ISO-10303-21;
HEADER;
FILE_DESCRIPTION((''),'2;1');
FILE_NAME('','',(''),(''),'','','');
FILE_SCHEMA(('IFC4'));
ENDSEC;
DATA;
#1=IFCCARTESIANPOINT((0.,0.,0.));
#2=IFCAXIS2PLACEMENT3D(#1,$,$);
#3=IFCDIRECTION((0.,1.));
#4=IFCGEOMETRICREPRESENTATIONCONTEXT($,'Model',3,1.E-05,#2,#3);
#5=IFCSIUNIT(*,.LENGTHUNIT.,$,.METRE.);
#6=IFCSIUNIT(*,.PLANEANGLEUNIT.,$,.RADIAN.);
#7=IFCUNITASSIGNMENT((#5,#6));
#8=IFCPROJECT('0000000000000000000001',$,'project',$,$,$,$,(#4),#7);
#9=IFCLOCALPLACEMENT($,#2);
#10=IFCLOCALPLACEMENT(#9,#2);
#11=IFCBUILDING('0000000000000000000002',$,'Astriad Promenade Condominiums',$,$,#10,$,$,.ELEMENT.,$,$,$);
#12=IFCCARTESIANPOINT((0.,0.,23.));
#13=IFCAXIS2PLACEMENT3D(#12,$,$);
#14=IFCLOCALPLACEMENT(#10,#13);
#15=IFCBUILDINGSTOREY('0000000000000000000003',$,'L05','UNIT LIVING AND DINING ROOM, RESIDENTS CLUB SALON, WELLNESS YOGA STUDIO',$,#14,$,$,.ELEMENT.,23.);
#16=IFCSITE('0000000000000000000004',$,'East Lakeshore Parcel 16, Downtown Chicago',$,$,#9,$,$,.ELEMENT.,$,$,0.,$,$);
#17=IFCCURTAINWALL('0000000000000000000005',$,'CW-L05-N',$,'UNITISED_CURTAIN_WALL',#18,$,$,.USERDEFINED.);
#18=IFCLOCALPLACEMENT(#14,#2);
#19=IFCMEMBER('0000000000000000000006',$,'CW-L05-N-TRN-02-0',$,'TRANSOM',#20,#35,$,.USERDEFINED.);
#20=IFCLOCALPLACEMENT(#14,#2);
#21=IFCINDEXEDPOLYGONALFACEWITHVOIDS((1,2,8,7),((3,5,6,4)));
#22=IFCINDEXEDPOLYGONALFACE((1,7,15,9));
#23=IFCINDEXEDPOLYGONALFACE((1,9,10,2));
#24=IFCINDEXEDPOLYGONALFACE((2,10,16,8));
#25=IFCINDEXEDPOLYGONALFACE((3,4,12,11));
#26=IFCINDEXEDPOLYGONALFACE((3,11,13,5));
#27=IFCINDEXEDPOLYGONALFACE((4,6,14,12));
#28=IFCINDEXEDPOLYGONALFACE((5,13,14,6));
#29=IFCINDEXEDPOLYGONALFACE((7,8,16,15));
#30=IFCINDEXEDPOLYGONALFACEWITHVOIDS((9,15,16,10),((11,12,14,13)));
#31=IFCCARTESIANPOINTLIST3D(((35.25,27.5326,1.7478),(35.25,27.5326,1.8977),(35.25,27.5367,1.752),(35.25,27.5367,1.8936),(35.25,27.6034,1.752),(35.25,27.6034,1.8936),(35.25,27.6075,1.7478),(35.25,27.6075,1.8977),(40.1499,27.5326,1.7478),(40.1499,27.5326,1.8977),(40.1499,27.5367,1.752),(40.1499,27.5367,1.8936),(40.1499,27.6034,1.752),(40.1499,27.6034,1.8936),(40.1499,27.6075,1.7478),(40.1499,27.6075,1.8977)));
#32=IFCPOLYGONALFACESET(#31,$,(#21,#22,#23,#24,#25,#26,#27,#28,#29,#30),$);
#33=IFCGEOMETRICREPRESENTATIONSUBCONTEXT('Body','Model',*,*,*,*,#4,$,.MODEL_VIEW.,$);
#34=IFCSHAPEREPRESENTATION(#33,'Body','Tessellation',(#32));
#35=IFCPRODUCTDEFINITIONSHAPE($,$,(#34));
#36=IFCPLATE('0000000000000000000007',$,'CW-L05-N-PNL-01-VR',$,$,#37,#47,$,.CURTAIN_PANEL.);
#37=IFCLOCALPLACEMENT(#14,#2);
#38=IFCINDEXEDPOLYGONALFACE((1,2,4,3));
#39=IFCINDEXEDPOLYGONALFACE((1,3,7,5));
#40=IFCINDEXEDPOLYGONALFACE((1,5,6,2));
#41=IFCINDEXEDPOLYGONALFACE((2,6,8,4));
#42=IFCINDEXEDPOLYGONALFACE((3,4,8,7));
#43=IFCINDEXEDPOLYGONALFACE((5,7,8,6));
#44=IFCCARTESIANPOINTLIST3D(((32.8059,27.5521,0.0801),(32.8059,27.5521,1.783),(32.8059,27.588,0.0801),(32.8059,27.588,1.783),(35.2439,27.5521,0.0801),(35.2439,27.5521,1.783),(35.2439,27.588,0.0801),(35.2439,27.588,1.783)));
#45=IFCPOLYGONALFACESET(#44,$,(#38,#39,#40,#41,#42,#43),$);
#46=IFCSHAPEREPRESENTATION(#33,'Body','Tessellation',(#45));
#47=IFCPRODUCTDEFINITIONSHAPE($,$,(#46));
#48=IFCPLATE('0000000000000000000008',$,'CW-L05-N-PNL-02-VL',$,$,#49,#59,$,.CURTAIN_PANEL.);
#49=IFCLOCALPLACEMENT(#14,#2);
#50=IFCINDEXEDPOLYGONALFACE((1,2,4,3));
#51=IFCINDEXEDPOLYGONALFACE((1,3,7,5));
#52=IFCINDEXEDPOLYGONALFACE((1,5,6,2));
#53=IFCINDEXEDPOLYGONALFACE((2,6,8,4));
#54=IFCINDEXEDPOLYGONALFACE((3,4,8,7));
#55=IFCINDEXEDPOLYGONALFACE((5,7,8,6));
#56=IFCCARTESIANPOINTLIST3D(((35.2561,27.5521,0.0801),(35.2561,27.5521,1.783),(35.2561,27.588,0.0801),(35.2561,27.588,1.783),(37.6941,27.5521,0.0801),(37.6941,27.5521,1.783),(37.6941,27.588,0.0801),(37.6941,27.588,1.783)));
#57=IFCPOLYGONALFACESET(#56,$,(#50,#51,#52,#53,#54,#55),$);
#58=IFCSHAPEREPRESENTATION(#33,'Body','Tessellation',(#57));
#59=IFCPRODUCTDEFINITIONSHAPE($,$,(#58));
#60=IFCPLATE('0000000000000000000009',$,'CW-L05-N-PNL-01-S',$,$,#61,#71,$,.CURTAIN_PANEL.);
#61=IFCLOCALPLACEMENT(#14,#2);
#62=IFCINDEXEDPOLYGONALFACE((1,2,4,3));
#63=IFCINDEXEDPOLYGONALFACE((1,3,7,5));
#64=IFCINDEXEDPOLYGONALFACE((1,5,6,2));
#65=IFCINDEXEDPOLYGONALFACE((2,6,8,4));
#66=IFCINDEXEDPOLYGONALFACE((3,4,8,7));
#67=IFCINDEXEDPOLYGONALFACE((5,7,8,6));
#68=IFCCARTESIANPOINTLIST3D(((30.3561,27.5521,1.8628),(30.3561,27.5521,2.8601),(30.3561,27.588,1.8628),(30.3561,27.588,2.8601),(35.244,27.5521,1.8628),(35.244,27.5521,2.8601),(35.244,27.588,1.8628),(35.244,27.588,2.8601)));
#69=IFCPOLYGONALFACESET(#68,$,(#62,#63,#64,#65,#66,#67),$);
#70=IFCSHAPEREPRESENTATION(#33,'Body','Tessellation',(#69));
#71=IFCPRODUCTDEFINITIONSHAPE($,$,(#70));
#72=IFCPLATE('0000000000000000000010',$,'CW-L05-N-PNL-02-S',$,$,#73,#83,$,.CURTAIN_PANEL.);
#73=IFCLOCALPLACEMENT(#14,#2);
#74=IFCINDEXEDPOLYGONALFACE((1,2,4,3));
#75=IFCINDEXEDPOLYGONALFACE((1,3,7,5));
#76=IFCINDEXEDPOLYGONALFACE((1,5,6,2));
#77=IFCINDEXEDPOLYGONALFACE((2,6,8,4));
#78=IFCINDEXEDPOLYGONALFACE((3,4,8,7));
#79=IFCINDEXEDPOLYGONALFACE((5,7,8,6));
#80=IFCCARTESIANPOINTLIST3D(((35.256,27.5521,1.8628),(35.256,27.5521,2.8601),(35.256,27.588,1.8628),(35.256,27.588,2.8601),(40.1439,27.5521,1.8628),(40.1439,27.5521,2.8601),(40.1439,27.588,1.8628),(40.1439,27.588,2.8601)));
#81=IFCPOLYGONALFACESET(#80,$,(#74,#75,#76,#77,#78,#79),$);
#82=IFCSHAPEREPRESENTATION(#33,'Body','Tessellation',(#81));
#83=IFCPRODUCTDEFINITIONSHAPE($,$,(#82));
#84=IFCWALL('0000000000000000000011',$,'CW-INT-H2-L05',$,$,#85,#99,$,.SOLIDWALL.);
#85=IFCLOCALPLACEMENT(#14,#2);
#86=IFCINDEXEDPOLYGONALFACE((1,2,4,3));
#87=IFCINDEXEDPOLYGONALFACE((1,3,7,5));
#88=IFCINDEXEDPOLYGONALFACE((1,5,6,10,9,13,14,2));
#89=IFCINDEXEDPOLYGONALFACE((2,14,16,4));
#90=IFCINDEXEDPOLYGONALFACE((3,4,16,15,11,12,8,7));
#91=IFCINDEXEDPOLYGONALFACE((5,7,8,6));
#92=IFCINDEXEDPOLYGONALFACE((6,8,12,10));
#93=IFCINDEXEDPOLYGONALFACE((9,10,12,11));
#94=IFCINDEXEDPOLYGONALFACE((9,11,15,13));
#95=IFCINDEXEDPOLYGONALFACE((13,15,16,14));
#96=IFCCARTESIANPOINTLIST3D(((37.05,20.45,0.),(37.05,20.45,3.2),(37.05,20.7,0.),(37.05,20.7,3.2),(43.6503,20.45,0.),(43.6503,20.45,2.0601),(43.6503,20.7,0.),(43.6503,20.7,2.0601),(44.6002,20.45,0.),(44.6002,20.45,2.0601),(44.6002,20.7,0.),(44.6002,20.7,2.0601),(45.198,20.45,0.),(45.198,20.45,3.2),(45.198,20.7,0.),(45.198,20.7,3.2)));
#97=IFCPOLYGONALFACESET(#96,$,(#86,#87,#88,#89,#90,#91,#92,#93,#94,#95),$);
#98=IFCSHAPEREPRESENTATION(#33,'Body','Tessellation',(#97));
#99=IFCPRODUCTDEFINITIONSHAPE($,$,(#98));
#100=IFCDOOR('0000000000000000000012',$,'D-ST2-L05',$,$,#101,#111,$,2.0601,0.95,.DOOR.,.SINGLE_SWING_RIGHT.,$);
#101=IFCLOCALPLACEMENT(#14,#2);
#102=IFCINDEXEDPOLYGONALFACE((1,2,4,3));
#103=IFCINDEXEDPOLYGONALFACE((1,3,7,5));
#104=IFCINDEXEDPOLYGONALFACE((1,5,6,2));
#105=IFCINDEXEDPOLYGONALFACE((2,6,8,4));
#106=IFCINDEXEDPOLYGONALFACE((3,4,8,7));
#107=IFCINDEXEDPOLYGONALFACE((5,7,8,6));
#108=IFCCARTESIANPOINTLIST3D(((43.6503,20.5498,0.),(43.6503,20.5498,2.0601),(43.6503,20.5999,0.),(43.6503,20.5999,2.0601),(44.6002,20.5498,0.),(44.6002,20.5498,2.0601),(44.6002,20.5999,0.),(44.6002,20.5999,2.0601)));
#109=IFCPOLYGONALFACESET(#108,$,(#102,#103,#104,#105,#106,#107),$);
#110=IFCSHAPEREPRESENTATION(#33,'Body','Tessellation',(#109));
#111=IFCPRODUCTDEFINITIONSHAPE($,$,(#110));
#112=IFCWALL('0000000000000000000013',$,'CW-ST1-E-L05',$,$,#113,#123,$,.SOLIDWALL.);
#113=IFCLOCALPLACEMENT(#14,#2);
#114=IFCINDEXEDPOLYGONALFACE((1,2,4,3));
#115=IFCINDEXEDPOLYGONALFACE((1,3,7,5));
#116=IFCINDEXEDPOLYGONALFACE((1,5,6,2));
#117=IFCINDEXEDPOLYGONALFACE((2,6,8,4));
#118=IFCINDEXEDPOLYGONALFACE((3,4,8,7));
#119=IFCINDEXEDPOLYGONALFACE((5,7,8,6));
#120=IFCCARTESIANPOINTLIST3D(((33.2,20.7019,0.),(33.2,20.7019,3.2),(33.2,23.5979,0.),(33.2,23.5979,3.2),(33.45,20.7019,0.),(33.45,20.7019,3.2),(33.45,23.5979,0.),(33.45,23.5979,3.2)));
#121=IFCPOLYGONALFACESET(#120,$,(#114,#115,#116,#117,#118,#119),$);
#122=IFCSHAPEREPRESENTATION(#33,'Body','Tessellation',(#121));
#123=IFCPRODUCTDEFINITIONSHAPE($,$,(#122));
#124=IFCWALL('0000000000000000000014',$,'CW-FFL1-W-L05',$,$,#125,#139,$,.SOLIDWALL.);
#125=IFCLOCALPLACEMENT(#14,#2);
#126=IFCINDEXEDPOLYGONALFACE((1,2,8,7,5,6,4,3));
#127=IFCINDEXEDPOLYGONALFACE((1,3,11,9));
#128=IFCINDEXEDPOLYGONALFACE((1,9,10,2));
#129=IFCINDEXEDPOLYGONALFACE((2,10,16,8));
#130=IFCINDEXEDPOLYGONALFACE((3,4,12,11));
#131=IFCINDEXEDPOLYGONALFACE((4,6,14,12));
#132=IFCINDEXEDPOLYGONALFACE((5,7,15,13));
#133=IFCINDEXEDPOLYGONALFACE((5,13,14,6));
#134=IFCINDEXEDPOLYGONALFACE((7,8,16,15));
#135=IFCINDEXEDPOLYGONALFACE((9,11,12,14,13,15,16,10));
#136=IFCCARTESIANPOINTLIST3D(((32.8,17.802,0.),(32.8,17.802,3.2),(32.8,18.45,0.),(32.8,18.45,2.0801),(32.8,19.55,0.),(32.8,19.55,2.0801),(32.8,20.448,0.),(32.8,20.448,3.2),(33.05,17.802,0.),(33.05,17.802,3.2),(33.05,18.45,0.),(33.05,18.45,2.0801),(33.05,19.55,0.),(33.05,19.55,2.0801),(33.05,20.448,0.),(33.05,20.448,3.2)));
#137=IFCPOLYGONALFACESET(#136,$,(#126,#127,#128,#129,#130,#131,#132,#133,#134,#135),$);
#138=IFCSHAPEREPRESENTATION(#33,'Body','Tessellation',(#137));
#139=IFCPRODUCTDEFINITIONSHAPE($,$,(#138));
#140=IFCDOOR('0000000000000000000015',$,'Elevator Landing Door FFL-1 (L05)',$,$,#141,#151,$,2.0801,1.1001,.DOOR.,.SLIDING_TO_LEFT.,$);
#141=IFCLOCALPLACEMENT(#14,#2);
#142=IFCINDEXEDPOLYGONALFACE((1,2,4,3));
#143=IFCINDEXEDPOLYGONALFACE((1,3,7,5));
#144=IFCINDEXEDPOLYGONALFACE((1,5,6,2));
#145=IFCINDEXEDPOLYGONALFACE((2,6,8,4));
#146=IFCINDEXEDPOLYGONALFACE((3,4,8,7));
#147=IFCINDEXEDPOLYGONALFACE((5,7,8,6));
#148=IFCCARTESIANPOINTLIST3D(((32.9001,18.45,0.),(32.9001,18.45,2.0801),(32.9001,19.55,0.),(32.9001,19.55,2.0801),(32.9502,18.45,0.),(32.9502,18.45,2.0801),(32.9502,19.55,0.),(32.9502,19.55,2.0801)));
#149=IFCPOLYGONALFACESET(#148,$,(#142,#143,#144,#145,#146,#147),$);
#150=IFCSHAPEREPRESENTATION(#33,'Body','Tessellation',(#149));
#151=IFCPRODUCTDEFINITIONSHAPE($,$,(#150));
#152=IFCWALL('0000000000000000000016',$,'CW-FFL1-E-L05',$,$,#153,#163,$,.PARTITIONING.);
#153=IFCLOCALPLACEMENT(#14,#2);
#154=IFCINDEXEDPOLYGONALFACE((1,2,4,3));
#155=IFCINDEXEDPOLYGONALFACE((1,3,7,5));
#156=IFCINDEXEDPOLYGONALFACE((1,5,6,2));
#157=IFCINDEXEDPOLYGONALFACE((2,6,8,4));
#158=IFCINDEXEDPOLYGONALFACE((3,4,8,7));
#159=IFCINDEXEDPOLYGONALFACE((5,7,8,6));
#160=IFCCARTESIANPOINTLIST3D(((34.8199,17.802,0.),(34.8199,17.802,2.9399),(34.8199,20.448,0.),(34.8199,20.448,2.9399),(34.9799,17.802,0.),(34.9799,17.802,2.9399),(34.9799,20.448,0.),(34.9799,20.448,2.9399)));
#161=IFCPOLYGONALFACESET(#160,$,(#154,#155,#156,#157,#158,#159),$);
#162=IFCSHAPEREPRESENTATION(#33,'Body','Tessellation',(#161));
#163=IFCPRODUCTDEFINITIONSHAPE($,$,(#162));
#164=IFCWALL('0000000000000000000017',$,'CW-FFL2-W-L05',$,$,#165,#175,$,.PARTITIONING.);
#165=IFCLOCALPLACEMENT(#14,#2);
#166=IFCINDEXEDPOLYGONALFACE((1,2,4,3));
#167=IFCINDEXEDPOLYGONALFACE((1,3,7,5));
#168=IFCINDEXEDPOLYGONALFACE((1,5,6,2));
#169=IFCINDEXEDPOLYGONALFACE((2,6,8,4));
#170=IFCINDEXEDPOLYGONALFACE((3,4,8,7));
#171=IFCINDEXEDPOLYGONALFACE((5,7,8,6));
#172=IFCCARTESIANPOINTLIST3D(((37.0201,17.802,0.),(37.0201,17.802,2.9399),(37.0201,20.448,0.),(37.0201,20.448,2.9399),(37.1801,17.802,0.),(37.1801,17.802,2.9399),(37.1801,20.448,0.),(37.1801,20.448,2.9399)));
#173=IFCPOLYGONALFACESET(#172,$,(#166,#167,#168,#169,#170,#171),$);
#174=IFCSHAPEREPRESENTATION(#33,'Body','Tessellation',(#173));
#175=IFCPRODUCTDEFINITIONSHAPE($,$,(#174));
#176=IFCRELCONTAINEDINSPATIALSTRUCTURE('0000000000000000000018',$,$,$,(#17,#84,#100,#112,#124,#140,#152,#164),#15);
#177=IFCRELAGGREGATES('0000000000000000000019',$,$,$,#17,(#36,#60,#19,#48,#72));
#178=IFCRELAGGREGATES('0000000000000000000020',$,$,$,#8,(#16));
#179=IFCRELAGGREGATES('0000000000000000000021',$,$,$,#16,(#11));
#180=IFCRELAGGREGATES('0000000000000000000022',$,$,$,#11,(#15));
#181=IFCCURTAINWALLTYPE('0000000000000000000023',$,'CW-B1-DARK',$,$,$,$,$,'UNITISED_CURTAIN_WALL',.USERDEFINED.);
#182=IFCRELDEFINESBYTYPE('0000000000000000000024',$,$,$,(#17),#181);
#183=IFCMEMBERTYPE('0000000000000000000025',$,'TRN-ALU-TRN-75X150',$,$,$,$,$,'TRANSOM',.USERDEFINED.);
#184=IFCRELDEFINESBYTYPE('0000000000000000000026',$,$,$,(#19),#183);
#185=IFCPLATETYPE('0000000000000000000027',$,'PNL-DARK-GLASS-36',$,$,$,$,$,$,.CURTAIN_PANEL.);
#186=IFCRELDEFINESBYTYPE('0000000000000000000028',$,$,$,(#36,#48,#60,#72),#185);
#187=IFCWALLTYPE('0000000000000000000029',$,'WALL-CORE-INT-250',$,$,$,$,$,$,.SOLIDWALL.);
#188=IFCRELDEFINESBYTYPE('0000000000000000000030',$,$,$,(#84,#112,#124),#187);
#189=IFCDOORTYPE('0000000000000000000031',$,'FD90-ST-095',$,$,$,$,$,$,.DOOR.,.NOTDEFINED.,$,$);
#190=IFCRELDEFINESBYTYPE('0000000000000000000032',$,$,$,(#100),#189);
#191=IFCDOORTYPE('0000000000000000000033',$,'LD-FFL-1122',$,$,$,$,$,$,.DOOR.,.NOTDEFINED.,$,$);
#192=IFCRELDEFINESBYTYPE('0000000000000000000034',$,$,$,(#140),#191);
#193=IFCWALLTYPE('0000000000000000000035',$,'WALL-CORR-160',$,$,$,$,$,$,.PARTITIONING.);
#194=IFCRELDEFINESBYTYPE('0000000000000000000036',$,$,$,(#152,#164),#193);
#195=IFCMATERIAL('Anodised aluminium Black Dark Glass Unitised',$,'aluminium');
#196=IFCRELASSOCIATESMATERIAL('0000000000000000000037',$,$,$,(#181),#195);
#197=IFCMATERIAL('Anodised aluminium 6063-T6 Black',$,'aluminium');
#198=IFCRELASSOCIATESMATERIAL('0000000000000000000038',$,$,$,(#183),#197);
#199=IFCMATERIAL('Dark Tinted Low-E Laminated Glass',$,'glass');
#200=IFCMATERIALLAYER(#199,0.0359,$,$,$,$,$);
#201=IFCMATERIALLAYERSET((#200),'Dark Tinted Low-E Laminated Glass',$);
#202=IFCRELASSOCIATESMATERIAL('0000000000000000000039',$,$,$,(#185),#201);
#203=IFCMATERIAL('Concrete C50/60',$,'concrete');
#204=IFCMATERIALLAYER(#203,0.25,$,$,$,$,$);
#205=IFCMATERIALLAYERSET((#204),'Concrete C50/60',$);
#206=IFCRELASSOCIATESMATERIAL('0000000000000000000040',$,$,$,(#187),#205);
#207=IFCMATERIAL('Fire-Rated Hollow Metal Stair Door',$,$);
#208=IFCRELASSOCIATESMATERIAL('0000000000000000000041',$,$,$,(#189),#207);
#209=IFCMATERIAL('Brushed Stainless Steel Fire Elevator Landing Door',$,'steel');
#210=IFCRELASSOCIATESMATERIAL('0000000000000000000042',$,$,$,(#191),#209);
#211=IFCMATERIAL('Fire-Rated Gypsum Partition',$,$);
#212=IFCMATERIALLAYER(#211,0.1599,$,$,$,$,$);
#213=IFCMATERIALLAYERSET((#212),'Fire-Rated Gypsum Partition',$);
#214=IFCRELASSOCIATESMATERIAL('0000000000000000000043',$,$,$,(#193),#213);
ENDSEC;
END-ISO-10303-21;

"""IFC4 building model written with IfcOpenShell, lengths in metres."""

from ifc_helpers import new_model, si_unit, direction, frame, frame_2d, origin, origin_2d, place, context, subcontext, project, spatial, rectangle, hollow_rectangle, extrude, source, transform, mapped, material, layer, layer_set, material_profile, profile_set, type_object, type_shapes, element, fill, aggregate, save


model = new_model("IFC4")

# Units and contexts
model_context = context("Model", 3, precision=1e-05, world=origin(), true_north=direction((0.0, 1.0)))
body_context = subcontext(model_context, "Body", "Model", "MODEL_VIEW")
ifc_project = project(units=[si_unit("LENGTHUNIT", "METRE"), si_unit("PLANEANGLEUNIT", "RADIAN")], contexts=[model_context])

# Site, building, storey
site_placement = place(None, origin())
site = spatial("IfcSite", under=ifc_project, at=site_placement, Name="East Lakeshore Parcel 16, Downtown Chicago", CompositionType="ELEMENT", RefElevation=0.0)
building_placement = place(site_placement, origin())
building = spatial("IfcBuilding", under=site, at=building_placement, Name="Astriad Promenade Condominiums", CompositionType="ELEMENT")
storey_placement = place(building_placement, frame((0.0, 0.0, 23.0)))
storey = spatial("IfcBuildingStorey", under=building, at=storey_placement, Name="L05", Description="UNIT LIVING AND DINING ROOM, RESIDENTS CLUB SALON, WELLNESS YOGA STUDIO", CompositionType="ELEMENT", Elevation=23.0)

# Curtain wall, member, plates
ifc_material_1 = material(Name="Anodised aluminium Black Dark Glass Unitised", Category="aluminium")
curtain_wall_type = type_object("IfcCurtainWallType", Name="CW-B1-DARK", ElementType="UNITISED_CURTAIN_WALL", PredefinedType="USERDEFINED", material=ifc_material_1)
curtain_wall_placement = place(storey_placement, origin())
curtain_wall = element("IfcCurtainWall", 1, at=curtain_wall_placement, inside=storey, type_object=curtain_wall_type, Name="CW-L05-N", ObjectType="UNITISED_CURTAIN_WALL", PredefinedType="USERDEFINED")
ifc_material_2 = material(Name="Anodised aluminium 6063-T6 Black", Category="aluminium")
ifc_material_profile_1 = material_profile(ifc_material_2, hollow_rectangle(XDim=0.075, YDim=0.1499, WallThickness=0.0042, at=origin_2d()), Name="ALU-TRN-75X150")
ifc_profile_set_1 = profile_set([ifc_material_profile_1], Name="Anodised aluminium 6063-T6 Black")
member_type_1 = type_object("IfcMemberType", Name="TRN-ALU-TRN-75X150", ElementType="TRANSOM", PredefinedType="USERDEFINED", material=ifc_profile_set_1)
shared_shape_1 = source(origin(), body_context, "Body", "SweptSolid", [
    extrude(hollow_rectangle(XDim=0.075, YDim=0.1499, WallThickness=0.0042, at=origin_2d()), origin(), (0.0, 0.0, 1.0), 4.8999),
])
type_shapes(member_type_1, [shared_shape_1])
member_1_placement = place(storey_placement, frame((35.25, 27.5701, 1.8228), z_axis=(1.0, 0.0, 0.0), x_axis=(0.0, 1.0, 0.0)))
member_1 = element("IfcMember", 2, at=member_1_placement, type_object=member_type_1, Name="CW-L05-N-TRN-02-0", ObjectType="TRANSOM", PredefinedType="USERDEFINED", context=body_context, shape_type="MappedRepresentation", body=[
    mapped(shared_shape_1, transform((0.0, 0.0, 0.0), scale=1.0)),
])
ifc_material_3 = material(Name="Dark Tinted Low-E Laminated Glass", Category="glass")
ifc_layer_1 = layer(ifc_material_3, 0.0359)
ifc_layer_set_1 = layer_set([ifc_layer_1], Name="Dark Tinted Low-E Laminated Glass")
plate_type = type_object("IfcPlateType", Name="PNL-DARK-GLASS-36", PredefinedType="CURTAIN_PANEL", material=ifc_layer_set_1)
shared_shape_2 = source(origin(), body_context, "Body", "SweptSolid", [
    extrude(rectangle(XDim=2.438, YDim=0.0359, at=origin_2d()), origin(), (0.0, 0.0, 1.0), 1.7029),
])
plate_1_placement = place(storey_placement, frame((34.0249, 27.5701, 0.0801), z_axis=(0.0, 0.0, 1.0), x_axis=(1.0, 0.0, 0.0)))
plate_1 = element("IfcPlate", 3, at=plate_1_placement, type_object=plate_type, Name="CW-L05-N-PNL-01-VR", PredefinedType="CURTAIN_PANEL", context=body_context, shape_type="MappedRepresentation", body=[
    mapped(shared_shape_2, transform((0.0, 0.0, 0.0), scale=1.0)),
])
plate_2_placement = place(storey_placement, frame((36.4751, 27.5701, 0.0801), z_axis=(0.0, 0.0, 1.0), x_axis=(1.0, 0.0, 0.0)))
plate_2 = element("IfcPlate", 4, at=plate_2_placement, type_object=plate_type, Name="CW-L05-N-PNL-02-VL", PredefinedType="CURTAIN_PANEL", context=body_context, shape_type="MappedRepresentation", body=[
    mapped(shared_shape_2, transform((0.0, 0.0, 0.0), scale=1.0)),
])
shared_shape_3 = source(origin(), body_context, "Body", "SweptSolid", [
    extrude(rectangle(XDim=4.8879, YDim=0.0359, at=origin_2d()), origin(), (0.0, 0.0, 1.0), 0.9973),
])
type_shapes(plate_type, [shared_shape_2, shared_shape_3])
plate_3_placement = place(storey_placement, frame((32.8, 27.5701, 1.8628), z_axis=(0.0, 0.0, 1.0), x_axis=(1.0, 0.0, 0.0)))
plate_3 = element("IfcPlate", 5, at=plate_3_placement, type_object=plate_type, Name="CW-L05-N-PNL-01-S", PredefinedType="CURTAIN_PANEL", context=body_context, shape_type="MappedRepresentation", body=[
    mapped(shared_shape_3, transform((0.0, 0.0, 0.0), scale=1.0)),
])
plate_4_placement = place(storey_placement, frame((37.7, 27.5701, 1.8628), z_axis=(0.0, 0.0, 1.0), x_axis=(1.0, 0.0, 0.0)))
plate_4 = element("IfcPlate", 6, at=plate_4_placement, type_object=plate_type, Name="CW-L05-N-PNL-02-S", PredefinedType="CURTAIN_PANEL", context=body_context, shape_type="MappedRepresentation", body=[
    mapped(shared_shape_3, transform((0.0, 0.0, 0.0), scale=1.0)),
])
aggregate(curtain_wall, [plate_1, plate_3, member_1, plate_2, plate_4])

# Wall, opening, door
ifc_material_4 = material(Name="Concrete C50/60", Category="concrete")
ifc_layer_2 = layer(ifc_material_4, 0.25)
ifc_layer_set_2 = layer_set([ifc_layer_2], Name="Concrete C50/60")
wall_type_1 = type_object("IfcWallType", Name="WALL-CORE-INT-250", PredefinedType="SOLIDWALL", material=ifc_layer_set_2)
wall_1_placement = place(storey_placement, frame((37.05, 20.575, 0.0), z_axis=(0.0, 0.0, 1.0), x_axis=(1.0, 0.0, 0.0)))
wall_1 = element("IfcWall", 7, at=wall_1_placement, inside=storey, type_object=wall_type_1, Name="CW-INT-H2-L05", PredefinedType="SOLIDWALL", context=body_context, shape_type="SweptSolid", body=[
    extrude(rectangle(XDim=8.1479, YDim=0.25, at=frame_2d((4.074, 0.0))), origin(), (0.0, 0.0, 1.0), 3.2),
])
opening_1_placement = place(wall_1_placement, frame((6.6001, 0.0, 0.0)))
opening_1 = element("IfcOpeningElement", 8, at=opening_1_placement, cuts=wall_1, PredefinedType="OPENING", context=body_context, shape_type="SweptSolid", body=[
    extrude(rectangle(XDim=0.95, YDim=2.0601, at=frame_2d((0.4751, 1.03))), frame((0.0, 0.135, 0.0), z_axis=(0.0, -1.0, 0.0), x_axis=(1.0, 0.0, 0.0)), (0.0, 0.0, 1.0), 0.27),
])
ifc_material_5 = material(Name="Fire-Rated Hollow Metal Stair Door")
door_type_1 = type_object("IfcDoorType", Name="FD90-ST-095", OperationType="NOTDEFINED", PredefinedType="DOOR", material=ifc_material_5)
shared_shape_4 = source(origin(), body_context, "Body", "SweptSolid", [
    extrude(rectangle(XDim=0.95, YDim=2.0601, at=frame_2d((0.4751, 1.03))), frame((0.0, 0.0249, 0.0), z_axis=(0.0, -1.0, 0.0), x_axis=(1.0, 0.0, 0.0)), (0.0, 0.0, 1.0), 0.05),
])
type_shapes(door_type_1, [shared_shape_4])
door_1_placement = place(opening_1_placement, origin())
door_1 = element("IfcDoor", 9, at=door_1_placement, inside=storey, type_object=door_type_1, Name="D-ST2-L05", OperationType="SINGLE_SWING_RIGHT", OverallHeight=2.0601, OverallWidth=0.95, PredefinedType="DOOR", context=body_context, shape_type="MappedRepresentation", body=[
    mapped(shared_shape_4, transform((0.0, 0.0, 0.0), scale=1.0)),
])
fill(opening_1, door_1)

# Wall
wall_2_placement = place(storey_placement, frame((33.325, 20.7019, 0.0), z_axis=(0.0, 0.0, 1.0), x_axis=(0.0, 1.0, 0.0)))
element("IfcWall", 10, at=wall_2_placement, inside=storey, type_object=wall_type_1, Name="CW-ST1-E-L05", PredefinedType="SOLIDWALL", context=body_context, shape_type="SweptSolid", body=[
    extrude(rectangle(XDim=2.896, YDim=0.25, at=frame_2d((1.448, 0.0))), origin(), (0.0, 0.0, 1.0), 3.2),
])

# Wall, opening, door
wall_3_placement = place(storey_placement, frame((32.925, 17.802, 0.0), z_axis=(0.0, 0.0, 1.0), x_axis=(0.0, 1.0, 0.0)))
wall_3 = element("IfcWall", 11, at=wall_3_placement, inside=storey, type_object=wall_type_1, Name="CW-FFL1-W-L05", PredefinedType="SOLIDWALL", context=body_context, shape_type="SweptSolid", body=[
    extrude(rectangle(XDim=2.646, YDim=0.25, at=frame_2d((1.323, 0.0))), origin(), (0.0, 0.0, 1.0), 3.2),
])
opening_2_placement = place(wall_3_placement, frame((0.6479, 0.0, 0.0)))
opening_2 = element("IfcOpeningElement", 12, at=opening_2_placement, cuts=wall_3, PredefinedType="OPENING", context=body_context, shape_type="SweptSolid", body=[
    extrude(rectangle(XDim=1.1001, YDim=2.0801, at=frame_2d((0.55, 1.04))), frame((0.0, 0.135, 0.0), z_axis=(0.0, -1.0, 0.0), x_axis=(1.0, 0.0, 0.0)), (0.0, 0.0, 1.0), 0.27),
])
ifc_material_6 = material(Name="Brushed Stainless Steel Fire Elevator Landing Door", Category="steel")
door_type_2 = type_object("IfcDoorType", Name="LD-FFL-1122", OperationType="NOTDEFINED", PredefinedType="DOOR", material=ifc_material_6)
shared_shape_5 = source(origin(), body_context, "Body", "SweptSolid", [
    extrude(rectangle(XDim=1.1001, YDim=2.0801, at=frame_2d((0.55, 1.04))), frame((0.0, 0.0249, 0.0), z_axis=(0.0, -1.0, 0.0), x_axis=(1.0, 0.0, 0.0)), (0.0, 0.0, 1.0), 0.05),
])
type_shapes(door_type_2, [shared_shape_5])
door_2_placement = place(opening_2_placement, origin())
door_2 = element("IfcDoor", 13, at=door_2_placement, inside=storey, type_object=door_type_2, Name="Elevator Landing Door FFL-1 (L05)", OperationType="SLIDING_TO_LEFT", OverallHeight=2.0801, OverallWidth=1.1001, PredefinedType="DOOR", context=body_context, shape_type="MappedRepresentation", body=[
    mapped(shared_shape_5, transform((0.0, 0.0, 0.0), scale=1.0)),
])
fill(opening_2, door_2)

# Walls
ifc_material_7 = material(Name="Fire-Rated Gypsum Partition")
ifc_layer_3 = layer(ifc_material_7, 0.1599)
ifc_layer_set_3 = layer_set([ifc_layer_3], Name="Fire-Rated Gypsum Partition")
wall_type_2 = type_object("IfcWallType", Name="WALL-CORR-160", PredefinedType="PARTITIONING", material=ifc_layer_set_3)
for number, where, z_axis, x_axis, name in (
    (14, (34.8999, 17.802, 0.0), (0.0, 0.0, 1.0), (0.0, 1.0, 0.0), "CW-FFL1-E-L05"),
    (15, (37.1001, 17.802, 0.0), (0.0, 0.0, 1.0), (0.0, 1.0, 0.0), "CW-FFL2-W-L05"),
):
    element("IfcWall", number, at=place(storey_placement, frame(where, z_axis=z_axis, x_axis=x_axis)), inside=storey, type_object=wall_type_2, Name=name, PredefinedType="PARTITIONING", context=body_context, shape_type="SweptSolid", body=[
        extrude(rectangle(XDim=2.646, YDim=0.1599, at=frame_2d((1.323, 0.0))), origin(), (0.0, 0.0, 1.0), 2.9399),
    ])

save(model, "model.ifc")
